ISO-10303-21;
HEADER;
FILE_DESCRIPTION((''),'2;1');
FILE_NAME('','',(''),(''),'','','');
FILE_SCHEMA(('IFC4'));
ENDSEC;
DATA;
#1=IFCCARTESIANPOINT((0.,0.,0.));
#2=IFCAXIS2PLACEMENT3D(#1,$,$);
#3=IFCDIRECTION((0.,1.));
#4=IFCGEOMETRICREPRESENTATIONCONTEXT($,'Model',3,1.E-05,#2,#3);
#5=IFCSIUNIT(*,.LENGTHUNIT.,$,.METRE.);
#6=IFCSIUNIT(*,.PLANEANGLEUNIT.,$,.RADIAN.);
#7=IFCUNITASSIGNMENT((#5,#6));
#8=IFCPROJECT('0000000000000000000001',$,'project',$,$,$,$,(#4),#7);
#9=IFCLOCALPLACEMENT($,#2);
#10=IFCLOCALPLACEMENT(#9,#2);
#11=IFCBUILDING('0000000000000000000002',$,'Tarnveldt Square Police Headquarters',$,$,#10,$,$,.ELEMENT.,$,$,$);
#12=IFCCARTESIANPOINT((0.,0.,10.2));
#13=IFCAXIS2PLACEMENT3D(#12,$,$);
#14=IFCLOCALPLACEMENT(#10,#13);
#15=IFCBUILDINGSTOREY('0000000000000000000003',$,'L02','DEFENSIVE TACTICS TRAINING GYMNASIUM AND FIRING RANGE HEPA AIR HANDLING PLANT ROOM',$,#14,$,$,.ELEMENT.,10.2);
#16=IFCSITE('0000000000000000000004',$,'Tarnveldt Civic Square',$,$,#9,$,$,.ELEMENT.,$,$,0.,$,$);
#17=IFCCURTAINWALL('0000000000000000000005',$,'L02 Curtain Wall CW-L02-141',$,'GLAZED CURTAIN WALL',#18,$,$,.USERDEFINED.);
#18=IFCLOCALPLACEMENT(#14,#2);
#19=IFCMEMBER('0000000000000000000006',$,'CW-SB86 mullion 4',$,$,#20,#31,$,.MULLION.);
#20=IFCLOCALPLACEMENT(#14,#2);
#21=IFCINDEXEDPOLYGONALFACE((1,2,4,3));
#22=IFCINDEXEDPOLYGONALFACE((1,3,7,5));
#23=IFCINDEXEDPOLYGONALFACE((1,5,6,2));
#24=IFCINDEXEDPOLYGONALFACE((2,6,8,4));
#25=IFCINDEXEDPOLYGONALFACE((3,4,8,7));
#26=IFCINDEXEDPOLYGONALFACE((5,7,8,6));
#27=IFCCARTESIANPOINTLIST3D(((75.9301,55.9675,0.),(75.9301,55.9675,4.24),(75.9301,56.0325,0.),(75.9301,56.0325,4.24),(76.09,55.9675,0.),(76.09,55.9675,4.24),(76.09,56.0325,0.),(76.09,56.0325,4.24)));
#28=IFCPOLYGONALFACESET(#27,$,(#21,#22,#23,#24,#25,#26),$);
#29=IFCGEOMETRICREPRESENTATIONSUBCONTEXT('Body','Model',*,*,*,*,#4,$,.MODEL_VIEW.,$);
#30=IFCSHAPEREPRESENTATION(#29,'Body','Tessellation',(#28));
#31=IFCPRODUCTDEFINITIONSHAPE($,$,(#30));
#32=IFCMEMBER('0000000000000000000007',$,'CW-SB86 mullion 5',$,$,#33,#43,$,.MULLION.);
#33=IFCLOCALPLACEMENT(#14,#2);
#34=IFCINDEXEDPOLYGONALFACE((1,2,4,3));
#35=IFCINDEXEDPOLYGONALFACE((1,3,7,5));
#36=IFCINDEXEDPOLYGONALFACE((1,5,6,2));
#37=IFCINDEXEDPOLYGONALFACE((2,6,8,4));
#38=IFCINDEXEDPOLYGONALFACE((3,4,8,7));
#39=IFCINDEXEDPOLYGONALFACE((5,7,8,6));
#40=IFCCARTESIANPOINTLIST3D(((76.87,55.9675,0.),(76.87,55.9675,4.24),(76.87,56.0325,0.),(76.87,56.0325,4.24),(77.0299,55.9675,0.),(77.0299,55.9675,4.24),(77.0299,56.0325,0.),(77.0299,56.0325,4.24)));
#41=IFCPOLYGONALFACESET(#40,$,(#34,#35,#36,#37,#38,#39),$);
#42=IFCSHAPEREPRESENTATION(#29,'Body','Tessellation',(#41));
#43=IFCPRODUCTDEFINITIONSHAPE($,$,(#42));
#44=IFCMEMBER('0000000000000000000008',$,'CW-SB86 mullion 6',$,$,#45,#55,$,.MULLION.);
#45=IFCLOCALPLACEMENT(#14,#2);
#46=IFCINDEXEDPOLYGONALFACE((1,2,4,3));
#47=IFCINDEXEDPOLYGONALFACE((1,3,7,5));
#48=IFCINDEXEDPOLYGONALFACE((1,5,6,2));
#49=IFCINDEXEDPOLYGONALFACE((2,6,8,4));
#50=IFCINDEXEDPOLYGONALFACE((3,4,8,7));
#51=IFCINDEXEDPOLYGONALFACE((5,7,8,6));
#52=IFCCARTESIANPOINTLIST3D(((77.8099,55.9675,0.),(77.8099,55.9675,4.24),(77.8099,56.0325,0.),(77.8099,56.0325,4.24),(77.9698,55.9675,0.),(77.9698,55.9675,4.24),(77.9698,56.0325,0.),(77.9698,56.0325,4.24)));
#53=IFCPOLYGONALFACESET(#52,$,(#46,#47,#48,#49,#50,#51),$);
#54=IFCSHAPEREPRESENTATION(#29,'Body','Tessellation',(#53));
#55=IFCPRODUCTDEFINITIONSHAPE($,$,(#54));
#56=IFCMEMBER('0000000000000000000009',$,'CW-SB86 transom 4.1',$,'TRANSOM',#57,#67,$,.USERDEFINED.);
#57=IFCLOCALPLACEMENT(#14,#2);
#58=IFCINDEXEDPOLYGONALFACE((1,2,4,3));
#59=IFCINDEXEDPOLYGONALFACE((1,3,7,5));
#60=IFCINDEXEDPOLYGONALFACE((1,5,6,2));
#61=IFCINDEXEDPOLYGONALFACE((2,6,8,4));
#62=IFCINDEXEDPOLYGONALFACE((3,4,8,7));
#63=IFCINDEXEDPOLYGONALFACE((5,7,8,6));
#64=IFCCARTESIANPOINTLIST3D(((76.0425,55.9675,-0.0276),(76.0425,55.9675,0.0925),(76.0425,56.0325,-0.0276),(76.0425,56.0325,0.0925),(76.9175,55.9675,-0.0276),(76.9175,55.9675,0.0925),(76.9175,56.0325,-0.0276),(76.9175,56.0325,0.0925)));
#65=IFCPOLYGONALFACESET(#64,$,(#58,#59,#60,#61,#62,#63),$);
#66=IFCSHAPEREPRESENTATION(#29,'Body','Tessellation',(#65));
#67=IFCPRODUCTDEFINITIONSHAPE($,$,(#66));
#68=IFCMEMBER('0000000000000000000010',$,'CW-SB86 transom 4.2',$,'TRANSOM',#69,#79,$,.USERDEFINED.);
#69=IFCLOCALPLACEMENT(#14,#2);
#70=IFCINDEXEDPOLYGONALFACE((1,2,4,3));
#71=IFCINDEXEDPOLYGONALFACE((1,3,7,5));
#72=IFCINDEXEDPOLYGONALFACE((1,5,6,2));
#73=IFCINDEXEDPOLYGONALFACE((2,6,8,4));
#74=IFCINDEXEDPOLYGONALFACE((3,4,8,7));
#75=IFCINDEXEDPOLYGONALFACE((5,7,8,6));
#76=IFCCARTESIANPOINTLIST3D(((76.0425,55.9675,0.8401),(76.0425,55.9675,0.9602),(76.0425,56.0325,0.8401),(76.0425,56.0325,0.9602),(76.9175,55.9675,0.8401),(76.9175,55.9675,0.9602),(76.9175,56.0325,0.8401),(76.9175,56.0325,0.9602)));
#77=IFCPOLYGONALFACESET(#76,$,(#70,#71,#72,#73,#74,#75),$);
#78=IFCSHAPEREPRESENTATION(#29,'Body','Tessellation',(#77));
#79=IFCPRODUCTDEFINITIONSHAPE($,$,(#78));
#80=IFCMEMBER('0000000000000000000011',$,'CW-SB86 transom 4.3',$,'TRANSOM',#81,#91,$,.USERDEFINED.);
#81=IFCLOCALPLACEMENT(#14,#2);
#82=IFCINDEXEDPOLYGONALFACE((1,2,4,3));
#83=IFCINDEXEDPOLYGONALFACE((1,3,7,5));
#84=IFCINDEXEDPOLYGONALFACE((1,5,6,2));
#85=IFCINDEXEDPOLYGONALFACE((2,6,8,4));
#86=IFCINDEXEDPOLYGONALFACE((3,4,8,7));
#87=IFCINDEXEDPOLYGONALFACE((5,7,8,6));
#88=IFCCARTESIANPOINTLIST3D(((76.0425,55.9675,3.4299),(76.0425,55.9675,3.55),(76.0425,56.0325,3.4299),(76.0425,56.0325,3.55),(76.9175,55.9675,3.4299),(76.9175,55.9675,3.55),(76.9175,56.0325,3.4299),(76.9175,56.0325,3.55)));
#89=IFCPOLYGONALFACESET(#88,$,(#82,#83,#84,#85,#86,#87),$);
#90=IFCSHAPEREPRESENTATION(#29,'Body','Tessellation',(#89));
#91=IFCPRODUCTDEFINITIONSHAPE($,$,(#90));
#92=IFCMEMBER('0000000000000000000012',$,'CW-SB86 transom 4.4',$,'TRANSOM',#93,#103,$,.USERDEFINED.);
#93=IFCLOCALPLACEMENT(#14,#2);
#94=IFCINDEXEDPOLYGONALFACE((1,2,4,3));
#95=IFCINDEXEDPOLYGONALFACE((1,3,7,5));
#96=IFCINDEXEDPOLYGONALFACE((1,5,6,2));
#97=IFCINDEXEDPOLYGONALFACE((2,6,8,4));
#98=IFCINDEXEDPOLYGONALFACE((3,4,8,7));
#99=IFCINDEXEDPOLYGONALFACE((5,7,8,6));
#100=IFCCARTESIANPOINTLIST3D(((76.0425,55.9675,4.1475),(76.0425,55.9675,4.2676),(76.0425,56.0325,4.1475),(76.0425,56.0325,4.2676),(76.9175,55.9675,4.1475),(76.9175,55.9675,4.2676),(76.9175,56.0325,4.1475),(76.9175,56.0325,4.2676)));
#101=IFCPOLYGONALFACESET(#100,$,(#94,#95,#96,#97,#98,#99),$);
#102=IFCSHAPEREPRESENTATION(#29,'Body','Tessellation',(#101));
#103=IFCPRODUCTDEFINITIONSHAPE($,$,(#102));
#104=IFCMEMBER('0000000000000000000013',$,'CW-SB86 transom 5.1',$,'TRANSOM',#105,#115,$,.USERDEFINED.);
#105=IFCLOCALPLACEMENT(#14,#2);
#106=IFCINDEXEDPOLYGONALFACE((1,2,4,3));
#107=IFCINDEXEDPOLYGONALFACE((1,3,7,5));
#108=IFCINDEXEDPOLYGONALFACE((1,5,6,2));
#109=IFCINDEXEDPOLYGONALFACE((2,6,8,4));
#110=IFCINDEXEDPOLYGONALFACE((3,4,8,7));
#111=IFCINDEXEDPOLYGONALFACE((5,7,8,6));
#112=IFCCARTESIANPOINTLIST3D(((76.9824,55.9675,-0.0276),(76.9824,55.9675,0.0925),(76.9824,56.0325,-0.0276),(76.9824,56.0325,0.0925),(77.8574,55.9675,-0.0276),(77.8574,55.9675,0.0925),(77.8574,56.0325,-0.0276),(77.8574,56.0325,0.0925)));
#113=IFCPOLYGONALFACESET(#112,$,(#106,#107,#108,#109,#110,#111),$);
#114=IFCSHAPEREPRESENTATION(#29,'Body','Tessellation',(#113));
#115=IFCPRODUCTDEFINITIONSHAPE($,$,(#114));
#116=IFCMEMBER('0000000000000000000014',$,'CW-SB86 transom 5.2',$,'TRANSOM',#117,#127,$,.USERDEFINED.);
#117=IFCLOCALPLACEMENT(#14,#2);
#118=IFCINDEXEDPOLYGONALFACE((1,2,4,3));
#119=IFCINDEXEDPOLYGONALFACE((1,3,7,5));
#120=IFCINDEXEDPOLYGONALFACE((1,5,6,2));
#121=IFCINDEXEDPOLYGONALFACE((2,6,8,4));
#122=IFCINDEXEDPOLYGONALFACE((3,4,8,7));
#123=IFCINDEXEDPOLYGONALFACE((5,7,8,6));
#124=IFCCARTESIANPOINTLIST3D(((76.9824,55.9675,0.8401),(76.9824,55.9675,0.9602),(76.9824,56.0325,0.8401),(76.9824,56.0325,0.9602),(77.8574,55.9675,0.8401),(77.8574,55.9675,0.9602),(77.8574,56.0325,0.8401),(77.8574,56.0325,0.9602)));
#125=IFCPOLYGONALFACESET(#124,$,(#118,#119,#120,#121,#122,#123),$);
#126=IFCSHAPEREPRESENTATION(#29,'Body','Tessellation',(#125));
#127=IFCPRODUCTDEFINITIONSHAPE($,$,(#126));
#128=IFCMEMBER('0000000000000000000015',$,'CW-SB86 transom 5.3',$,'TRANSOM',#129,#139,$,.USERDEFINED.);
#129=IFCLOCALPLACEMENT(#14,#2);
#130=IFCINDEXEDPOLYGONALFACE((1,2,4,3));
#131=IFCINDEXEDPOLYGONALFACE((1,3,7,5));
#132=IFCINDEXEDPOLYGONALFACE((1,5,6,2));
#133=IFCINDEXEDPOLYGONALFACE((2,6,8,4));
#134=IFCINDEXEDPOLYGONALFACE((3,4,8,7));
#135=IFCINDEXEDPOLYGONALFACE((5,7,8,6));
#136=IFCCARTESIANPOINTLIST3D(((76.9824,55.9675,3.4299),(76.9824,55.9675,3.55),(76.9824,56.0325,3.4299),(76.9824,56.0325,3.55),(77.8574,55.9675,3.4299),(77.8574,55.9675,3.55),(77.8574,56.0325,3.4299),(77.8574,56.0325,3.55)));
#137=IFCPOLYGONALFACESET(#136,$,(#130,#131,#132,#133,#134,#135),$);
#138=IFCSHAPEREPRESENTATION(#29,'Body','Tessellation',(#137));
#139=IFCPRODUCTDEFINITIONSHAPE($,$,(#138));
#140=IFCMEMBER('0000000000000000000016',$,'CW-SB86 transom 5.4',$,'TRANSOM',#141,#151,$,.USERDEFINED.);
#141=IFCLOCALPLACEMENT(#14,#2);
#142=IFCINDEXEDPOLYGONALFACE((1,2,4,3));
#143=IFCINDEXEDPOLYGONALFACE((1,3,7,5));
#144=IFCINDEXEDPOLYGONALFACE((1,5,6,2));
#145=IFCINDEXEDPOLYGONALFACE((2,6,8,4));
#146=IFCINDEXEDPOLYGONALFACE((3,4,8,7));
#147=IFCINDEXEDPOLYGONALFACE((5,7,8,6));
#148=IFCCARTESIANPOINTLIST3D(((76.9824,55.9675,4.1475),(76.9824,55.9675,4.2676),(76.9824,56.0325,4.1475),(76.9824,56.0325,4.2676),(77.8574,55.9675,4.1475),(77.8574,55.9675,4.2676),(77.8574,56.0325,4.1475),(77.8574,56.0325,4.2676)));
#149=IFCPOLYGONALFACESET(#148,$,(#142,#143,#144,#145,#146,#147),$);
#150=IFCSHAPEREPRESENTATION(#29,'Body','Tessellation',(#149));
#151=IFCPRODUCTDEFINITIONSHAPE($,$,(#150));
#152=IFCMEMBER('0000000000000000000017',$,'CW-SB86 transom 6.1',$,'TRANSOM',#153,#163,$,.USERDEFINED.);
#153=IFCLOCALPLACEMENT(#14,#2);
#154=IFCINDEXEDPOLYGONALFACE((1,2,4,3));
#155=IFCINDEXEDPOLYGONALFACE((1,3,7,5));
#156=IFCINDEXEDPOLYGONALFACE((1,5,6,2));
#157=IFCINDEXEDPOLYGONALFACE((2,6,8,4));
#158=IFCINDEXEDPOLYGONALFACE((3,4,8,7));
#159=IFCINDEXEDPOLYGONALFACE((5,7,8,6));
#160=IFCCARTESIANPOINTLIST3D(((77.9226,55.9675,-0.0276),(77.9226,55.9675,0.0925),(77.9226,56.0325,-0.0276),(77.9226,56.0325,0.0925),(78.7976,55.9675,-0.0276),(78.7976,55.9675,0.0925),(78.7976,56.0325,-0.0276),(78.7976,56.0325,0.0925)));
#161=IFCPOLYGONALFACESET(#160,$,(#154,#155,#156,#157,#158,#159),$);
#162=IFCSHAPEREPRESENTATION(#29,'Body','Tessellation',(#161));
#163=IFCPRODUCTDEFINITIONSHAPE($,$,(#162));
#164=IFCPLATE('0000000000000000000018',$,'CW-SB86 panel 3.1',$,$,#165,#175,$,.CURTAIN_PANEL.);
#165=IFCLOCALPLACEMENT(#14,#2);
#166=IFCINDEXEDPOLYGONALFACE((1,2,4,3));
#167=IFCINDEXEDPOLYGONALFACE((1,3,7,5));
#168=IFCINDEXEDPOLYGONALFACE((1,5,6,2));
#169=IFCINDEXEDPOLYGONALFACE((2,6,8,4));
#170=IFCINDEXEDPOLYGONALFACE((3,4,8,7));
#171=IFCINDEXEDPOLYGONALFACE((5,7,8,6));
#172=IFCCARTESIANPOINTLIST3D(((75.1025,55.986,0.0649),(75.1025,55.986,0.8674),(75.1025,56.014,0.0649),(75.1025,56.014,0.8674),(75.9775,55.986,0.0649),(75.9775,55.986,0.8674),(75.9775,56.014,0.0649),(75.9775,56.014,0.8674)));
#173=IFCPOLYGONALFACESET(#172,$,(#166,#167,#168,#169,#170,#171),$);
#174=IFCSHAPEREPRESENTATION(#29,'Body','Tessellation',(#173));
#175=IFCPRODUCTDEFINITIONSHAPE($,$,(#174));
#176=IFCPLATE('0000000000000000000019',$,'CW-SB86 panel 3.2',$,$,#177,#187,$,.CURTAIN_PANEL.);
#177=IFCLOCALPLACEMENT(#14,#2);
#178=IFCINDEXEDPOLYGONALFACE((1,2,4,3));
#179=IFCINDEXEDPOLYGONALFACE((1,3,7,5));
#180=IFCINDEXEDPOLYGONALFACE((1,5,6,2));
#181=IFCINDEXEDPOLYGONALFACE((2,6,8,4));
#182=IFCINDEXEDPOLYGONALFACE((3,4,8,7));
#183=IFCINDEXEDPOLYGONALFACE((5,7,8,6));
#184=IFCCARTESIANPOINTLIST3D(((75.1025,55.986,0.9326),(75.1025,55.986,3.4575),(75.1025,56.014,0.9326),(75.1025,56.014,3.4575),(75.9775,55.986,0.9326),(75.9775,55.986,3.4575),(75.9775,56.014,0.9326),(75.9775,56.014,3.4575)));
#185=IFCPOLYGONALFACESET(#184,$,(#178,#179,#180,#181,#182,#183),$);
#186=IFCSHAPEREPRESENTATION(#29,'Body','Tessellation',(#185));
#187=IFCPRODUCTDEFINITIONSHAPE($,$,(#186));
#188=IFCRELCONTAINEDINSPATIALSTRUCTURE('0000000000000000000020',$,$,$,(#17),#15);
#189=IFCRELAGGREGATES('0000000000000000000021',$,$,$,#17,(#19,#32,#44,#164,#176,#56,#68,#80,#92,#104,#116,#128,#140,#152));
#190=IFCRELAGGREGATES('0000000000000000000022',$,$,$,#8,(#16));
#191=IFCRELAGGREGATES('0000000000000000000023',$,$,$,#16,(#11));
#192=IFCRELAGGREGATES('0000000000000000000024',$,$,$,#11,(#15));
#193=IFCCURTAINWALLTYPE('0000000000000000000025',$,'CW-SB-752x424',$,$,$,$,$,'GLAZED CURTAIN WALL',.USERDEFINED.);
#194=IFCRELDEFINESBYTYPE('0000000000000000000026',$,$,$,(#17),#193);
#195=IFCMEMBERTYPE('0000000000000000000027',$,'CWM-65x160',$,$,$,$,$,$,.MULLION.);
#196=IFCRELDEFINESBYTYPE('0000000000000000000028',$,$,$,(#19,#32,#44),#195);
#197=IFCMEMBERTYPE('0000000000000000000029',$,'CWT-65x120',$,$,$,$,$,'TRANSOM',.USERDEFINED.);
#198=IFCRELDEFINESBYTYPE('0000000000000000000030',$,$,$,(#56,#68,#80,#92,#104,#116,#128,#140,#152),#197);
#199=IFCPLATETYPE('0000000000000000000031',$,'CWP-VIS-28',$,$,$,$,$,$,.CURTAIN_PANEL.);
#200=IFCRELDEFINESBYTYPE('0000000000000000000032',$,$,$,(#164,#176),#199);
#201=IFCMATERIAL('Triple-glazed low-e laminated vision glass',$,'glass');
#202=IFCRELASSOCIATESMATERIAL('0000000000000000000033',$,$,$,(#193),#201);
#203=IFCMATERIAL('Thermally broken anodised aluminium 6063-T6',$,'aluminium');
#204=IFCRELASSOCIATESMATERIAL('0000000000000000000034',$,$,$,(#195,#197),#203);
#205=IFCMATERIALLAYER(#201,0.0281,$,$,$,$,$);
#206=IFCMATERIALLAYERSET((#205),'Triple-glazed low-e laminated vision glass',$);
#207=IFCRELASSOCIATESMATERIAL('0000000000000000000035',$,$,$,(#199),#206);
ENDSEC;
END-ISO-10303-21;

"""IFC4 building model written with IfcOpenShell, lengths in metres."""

from ifc_helpers import new_model, si_unit, direction, frame, origin, origin_2d, place, context, subcontext, project, spatial, rectangle, extrude, material, layer, layer_set, material_profile, profile_set, type_object, element, aggregate, save


model = new_model("IFC4")

# Units and contexts
model_context = context("Model", 3, precision=1e-05, world=origin(), true_north=direction((0.0, 1.0)))
body_context = subcontext(model_context, "Body", "Model", "MODEL_VIEW")
ifc_project = project(units=[si_unit("LENGTHUNIT", "METRE"), si_unit("PLANEANGLEUNIT", "RADIAN")], contexts=[model_context])

# Site, building, storey
site_placement = place(None, origin())
site = spatial("IfcSite", under=ifc_project, at=site_placement, Name="Tarnveldt Civic Square", CompositionType="ELEMENT", RefElevation=0.0)
building_placement = place(site_placement, origin())
building = spatial("IfcBuilding", under=site, at=building_placement, Name="Tarnveldt Square Police Headquarters", CompositionType="ELEMENT")
storey_placement = place(building_placement, frame((0.0, 0.0, 10.2)))
storey = spatial("IfcBuildingStorey", under=building, at=storey_placement, Name="L02", Description="DEFENSIVE TACTICS TRAINING GYMNASIUM AND FIRING RANGE HEPA AIR HANDLING PLANT ROOM", CompositionType="ELEMENT", Elevation=10.2)

# Curtain wall, members, plates
ifc_material_1 = material(Name="Triple-glazed low-e laminated vision glass", Category="glass")
curtain_wall_type = type_object("IfcCurtainWallType", Name="CW-SB-752x424", ElementType="GLAZED CURTAIN WALL", PredefinedType="USERDEFINED", material=ifc_material_1)
curtain_wall_placement = place(storey_placement, origin())
curtain_wall = element("IfcCurtainWall", 1, at=curtain_wall_placement, inside=storey, type_object=curtain_wall_type, Name="L02 Curtain Wall CW-L02-141", ObjectType="GLAZED CURTAIN WALL", PredefinedType="USERDEFINED")
ifc_material_2 = material(Name="Thermally broken anodised aluminium 6063-T6", Category="aluminium")
ifc_material_profile_1 = material_profile(ifc_material_2, rectangle(XDim=0.0649, YDim=0.1599, at=origin_2d()), Name="CW-M65x160")
ifc_profile_set_1 = profile_set([ifc_material_profile_1], Name="Thermally broken anodised aluminium 6063-T6")
member_type_1 = type_object("IfcMemberType", Name="CWM-65x160", PredefinedType="MULLION", material=ifc_profile_set_1)
member_1_placement = place(storey_placement, frame((76.01, 56.0, 0.0), z_axis=(0.0, 0.0, 1.0), x_axis=(0.0, 1.0, 0.0)))
member_1 = element("IfcMember", 2, at=member_1_placement, type_object=member_type_1, Name="CW-SB86 mullion 4", PredefinedType="MULLION", context=body_context, shape_type="SweptSolid", body=[
    extrude(rectangle(XDim=0.0649, YDim=0.1599, at=origin_2d()), origin(), (0.0, 0.0, 1.0), 4.24),
])
member_2_placement = place(storey_placement, frame((76.95, 56.0, 0.0), z_axis=(0.0, 0.0, 1.0), x_axis=(0.0, 1.0, 0.0)))
member_2 = element("IfcMember", 3, at=member_2_placement, type_object=member_type_1, Name="CW-SB86 mullion 5", PredefinedType="MULLION", context=body_context, shape_type="SweptSolid", body=[
    extrude(rectangle(XDim=0.0649, YDim=0.1599, at=origin_2d()), origin(), (0.0, 0.0, 1.0), 4.24),
])
member_3_placement = place(storey_placement, frame((77.8899, 56.0, 0.0), z_axis=(0.0, 0.0, 1.0), x_axis=(0.0, 1.0, 0.0)))
member_3 = element("IfcMember", 4, at=member_3_placement, type_object=member_type_1, Name="CW-SB86 mullion 6", PredefinedType="MULLION", context=body_context, shape_type="SweptSolid", body=[
    extrude(rectangle(XDim=0.0649, YDim=0.1599, at=origin_2d()), origin(), (0.0, 0.0, 1.0), 4.24),
])
ifc_material_profile_2 = material_profile(ifc_material_2, rectangle(XDim=0.0649, YDim=0.1201, at=origin_2d()), Name="CW-T65x120")
ifc_profile_set_2 = profile_set([ifc_material_profile_2], Name="Thermally broken anodised aluminium 6063-T6")
member_type_2 = type_object("IfcMemberType", Name="CWT-65x120", ElementType="TRANSOM", PredefinedType="USERDEFINED", material=ifc_profile_set_2)
member_4_placement = place(storey_placement, frame((76.0425, 56.0, 0.0325), z_axis=(1.0, 0.0, 0.0), x_axis=(0.0, 1.0, 0.0)))
member_4 = element("IfcMember", 5, at=member_4_placement, type_object=member_type_2, Name="CW-SB86 transom 4.1", ObjectType="TRANSOM", PredefinedType="USERDEFINED", context=body_context, shape_type="SweptSolid", body=[
    extrude(rectangle(XDim=0.0649, YDim=0.1201, at=origin_2d()), origin(), (0.0, 0.0, 1.0), 0.875),
])
member_5_placement = place(storey_placement, frame((76.0425, 56.0, 0.9001), z_axis=(1.0, 0.0, 0.0), x_axis=(0.0, 1.0, 0.0)))
member_5 = element("IfcMember", 6, at=member_5_placement, type_object=member_type_2, Name="CW-SB86 transom 4.2", ObjectType="TRANSOM", PredefinedType="USERDEFINED", context=body_context, shape_type="SweptSolid", body=[
    extrude(rectangle(XDim=0.0649, YDim=0.1201, at=origin_2d()), origin(), (0.0, 0.0, 1.0), 0.875),
])
member_6_placement = place(storey_placement, frame((76.0425, 56.0, 3.49), z_axis=(1.0, 0.0, 0.0), x_axis=(0.0, 1.0, 0.0)))
member_6 = element("IfcMember", 7, at=member_6_placement, type_object=member_type_2, Name="CW-SB86 transom 4.3", ObjectType="TRANSOM", PredefinedType="USERDEFINED", context=body_context, shape_type="SweptSolid", body=[
    extrude(rectangle(XDim=0.0649, YDim=0.1201, at=origin_2d()), origin(), (0.0, 0.0, 1.0), 0.875),
])
member_7_placement = place(storey_placement, frame((76.0425, 56.0, 4.2075), z_axis=(1.0, 0.0, 0.0), x_axis=(0.0, 1.0, 0.0)))
member_7 = element("IfcMember", 8, at=member_7_placement, type_object=member_type_2, Name="CW-SB86 transom 4.4", ObjectType="TRANSOM", PredefinedType="USERDEFINED", context=body_context, shape_type="SweptSolid", body=[
    extrude(rectangle(XDim=0.0649, YDim=0.1201, at=origin_2d()), origin(), (0.0, 0.0, 1.0), 0.875),
])
member_8_placement = place(storey_placement, frame((76.9824, 56.0, 0.0325), z_axis=(1.0, 0.0, 0.0), x_axis=(0.0, 1.0, 0.0)))
member_8 = element("IfcMember", 9, at=member_8_placement, type_object=member_type_2, Name="CW-SB86 transom 5.1", ObjectType="TRANSOM", PredefinedType="USERDEFINED", context=body_context, shape_type="SweptSolid", body=[
    extrude(rectangle(XDim=0.0649, YDim=0.1201, at=origin_2d()), origin(), (0.0, 0.0, 1.0), 0.875),
])
member_9_placement = place(storey_placement, frame((76.9824, 56.0, 0.9001), z_axis=(1.0, 0.0, 0.0), x_axis=(0.0, 1.0, 0.0)))
member_9 = element("IfcMember", 10, at=member_9_placement, type_object=member_type_2, Name="CW-SB86 transom 5.2", ObjectType="TRANSOM", PredefinedType="USERDEFINED", context=body_context, shape_type="SweptSolid", body=[
    extrude(rectangle(XDim=0.0649, YDim=0.1201, at=origin_2d()), origin(), (0.0, 0.0, 1.0), 0.875),
])
member_10_placement = place(storey_placement, frame((76.9824, 56.0, 3.49), z_axis=(1.0, 0.0, 0.0), x_axis=(0.0, 1.0, 0.0)))
member_10 = element("IfcMember", 11, at=member_10_placement, type_object=member_type_2, Name="CW-SB86 transom 5.3", ObjectType="TRANSOM", PredefinedType="USERDEFINED", context=body_context, shape_type="SweptSolid", body=[
    extrude(rectangle(XDim=0.0649, YDim=0.1201, at=origin_2d()), origin(), (0.0, 0.0, 1.0), 0.875),
])
member_11_placement = place(storey_placement, frame((76.9824, 56.0, 4.2075), z_axis=(1.0, 0.0, 0.0), x_axis=(0.0, 1.0, 0.0)))
member_11 = element("IfcMember", 12, at=member_11_placement, type_object=member_type_2, Name="CW-SB86 transom 5.4", ObjectType="TRANSOM", PredefinedType="USERDEFINED", context=body_context, shape_type="SweptSolid", body=[
    extrude(rectangle(XDim=0.0649, YDim=0.1201, at=origin_2d()), origin(), (0.0, 0.0, 1.0), 0.875),
])
member_12_placement = place(storey_placement, frame((77.9226, 56.0, 0.0325), z_axis=(1.0, 0.0, 0.0), x_axis=(0.0, 1.0, 0.0)))
member_12 = element("IfcMember", 13, at=member_12_placement, type_object=member_type_2, Name="CW-SB86 transom 6.1", ObjectType="TRANSOM", PredefinedType="USERDEFINED", context=body_context, shape_type="SweptSolid", body=[
    extrude(rectangle(XDim=0.0649, YDim=0.1201, at=origin_2d()), origin(), (0.0, 0.0, 1.0), 0.875),
])
ifc_layer = layer(ifc_material_1, 0.0281)
ifc_layer_set = layer_set([ifc_layer], Name="Triple-glazed low-e laminated vision glass")
plate_type = type_object("IfcPlateType", Name="CWP-VIS-28", PredefinedType="CURTAIN_PANEL", material=ifc_layer_set)
plate_1_placement = place(storey_placement, frame((75.54, 56.0, 0.0649), z_axis=(0.0, 0.0, 1.0), x_axis=(1.0, 0.0, 0.0)))
plate_1 = element("IfcPlate", 14, at=plate_1_placement, type_object=plate_type, Name="CW-SB86 panel 3.1", PredefinedType="CURTAIN_PANEL", context=body_context, shape_type="SweptSolid", body=[
    extrude(rectangle(XDim=0.875, YDim=0.0281, at=origin_2d()), origin(), (0.0, 0.0, 1.0), 0.8025),
])
plate_2_placement = place(storey_placement, frame((75.54, 56.0, 0.9326), z_axis=(0.0, 0.0, 1.0), x_axis=(1.0, 0.0, 0.0)))
plate_2 = element("IfcPlate", 15, at=plate_2_placement, type_object=plate_type, Name="CW-SB86 panel 3.2", PredefinedType="CURTAIN_PANEL", context=body_context, shape_type="SweptSolid", body=[
    extrude(rectangle(XDim=0.875, YDim=0.0281, at=origin_2d()), origin(), (0.0, 0.0, 1.0), 2.5249),
])
aggregate(curtain_wall, [member_1, member_2, member_3, plate_1, plate_2, member_4, member_5, member_6, member_7, member_8, member_9, member_10, member_11, member_12])

save(model, "model.ifc")
